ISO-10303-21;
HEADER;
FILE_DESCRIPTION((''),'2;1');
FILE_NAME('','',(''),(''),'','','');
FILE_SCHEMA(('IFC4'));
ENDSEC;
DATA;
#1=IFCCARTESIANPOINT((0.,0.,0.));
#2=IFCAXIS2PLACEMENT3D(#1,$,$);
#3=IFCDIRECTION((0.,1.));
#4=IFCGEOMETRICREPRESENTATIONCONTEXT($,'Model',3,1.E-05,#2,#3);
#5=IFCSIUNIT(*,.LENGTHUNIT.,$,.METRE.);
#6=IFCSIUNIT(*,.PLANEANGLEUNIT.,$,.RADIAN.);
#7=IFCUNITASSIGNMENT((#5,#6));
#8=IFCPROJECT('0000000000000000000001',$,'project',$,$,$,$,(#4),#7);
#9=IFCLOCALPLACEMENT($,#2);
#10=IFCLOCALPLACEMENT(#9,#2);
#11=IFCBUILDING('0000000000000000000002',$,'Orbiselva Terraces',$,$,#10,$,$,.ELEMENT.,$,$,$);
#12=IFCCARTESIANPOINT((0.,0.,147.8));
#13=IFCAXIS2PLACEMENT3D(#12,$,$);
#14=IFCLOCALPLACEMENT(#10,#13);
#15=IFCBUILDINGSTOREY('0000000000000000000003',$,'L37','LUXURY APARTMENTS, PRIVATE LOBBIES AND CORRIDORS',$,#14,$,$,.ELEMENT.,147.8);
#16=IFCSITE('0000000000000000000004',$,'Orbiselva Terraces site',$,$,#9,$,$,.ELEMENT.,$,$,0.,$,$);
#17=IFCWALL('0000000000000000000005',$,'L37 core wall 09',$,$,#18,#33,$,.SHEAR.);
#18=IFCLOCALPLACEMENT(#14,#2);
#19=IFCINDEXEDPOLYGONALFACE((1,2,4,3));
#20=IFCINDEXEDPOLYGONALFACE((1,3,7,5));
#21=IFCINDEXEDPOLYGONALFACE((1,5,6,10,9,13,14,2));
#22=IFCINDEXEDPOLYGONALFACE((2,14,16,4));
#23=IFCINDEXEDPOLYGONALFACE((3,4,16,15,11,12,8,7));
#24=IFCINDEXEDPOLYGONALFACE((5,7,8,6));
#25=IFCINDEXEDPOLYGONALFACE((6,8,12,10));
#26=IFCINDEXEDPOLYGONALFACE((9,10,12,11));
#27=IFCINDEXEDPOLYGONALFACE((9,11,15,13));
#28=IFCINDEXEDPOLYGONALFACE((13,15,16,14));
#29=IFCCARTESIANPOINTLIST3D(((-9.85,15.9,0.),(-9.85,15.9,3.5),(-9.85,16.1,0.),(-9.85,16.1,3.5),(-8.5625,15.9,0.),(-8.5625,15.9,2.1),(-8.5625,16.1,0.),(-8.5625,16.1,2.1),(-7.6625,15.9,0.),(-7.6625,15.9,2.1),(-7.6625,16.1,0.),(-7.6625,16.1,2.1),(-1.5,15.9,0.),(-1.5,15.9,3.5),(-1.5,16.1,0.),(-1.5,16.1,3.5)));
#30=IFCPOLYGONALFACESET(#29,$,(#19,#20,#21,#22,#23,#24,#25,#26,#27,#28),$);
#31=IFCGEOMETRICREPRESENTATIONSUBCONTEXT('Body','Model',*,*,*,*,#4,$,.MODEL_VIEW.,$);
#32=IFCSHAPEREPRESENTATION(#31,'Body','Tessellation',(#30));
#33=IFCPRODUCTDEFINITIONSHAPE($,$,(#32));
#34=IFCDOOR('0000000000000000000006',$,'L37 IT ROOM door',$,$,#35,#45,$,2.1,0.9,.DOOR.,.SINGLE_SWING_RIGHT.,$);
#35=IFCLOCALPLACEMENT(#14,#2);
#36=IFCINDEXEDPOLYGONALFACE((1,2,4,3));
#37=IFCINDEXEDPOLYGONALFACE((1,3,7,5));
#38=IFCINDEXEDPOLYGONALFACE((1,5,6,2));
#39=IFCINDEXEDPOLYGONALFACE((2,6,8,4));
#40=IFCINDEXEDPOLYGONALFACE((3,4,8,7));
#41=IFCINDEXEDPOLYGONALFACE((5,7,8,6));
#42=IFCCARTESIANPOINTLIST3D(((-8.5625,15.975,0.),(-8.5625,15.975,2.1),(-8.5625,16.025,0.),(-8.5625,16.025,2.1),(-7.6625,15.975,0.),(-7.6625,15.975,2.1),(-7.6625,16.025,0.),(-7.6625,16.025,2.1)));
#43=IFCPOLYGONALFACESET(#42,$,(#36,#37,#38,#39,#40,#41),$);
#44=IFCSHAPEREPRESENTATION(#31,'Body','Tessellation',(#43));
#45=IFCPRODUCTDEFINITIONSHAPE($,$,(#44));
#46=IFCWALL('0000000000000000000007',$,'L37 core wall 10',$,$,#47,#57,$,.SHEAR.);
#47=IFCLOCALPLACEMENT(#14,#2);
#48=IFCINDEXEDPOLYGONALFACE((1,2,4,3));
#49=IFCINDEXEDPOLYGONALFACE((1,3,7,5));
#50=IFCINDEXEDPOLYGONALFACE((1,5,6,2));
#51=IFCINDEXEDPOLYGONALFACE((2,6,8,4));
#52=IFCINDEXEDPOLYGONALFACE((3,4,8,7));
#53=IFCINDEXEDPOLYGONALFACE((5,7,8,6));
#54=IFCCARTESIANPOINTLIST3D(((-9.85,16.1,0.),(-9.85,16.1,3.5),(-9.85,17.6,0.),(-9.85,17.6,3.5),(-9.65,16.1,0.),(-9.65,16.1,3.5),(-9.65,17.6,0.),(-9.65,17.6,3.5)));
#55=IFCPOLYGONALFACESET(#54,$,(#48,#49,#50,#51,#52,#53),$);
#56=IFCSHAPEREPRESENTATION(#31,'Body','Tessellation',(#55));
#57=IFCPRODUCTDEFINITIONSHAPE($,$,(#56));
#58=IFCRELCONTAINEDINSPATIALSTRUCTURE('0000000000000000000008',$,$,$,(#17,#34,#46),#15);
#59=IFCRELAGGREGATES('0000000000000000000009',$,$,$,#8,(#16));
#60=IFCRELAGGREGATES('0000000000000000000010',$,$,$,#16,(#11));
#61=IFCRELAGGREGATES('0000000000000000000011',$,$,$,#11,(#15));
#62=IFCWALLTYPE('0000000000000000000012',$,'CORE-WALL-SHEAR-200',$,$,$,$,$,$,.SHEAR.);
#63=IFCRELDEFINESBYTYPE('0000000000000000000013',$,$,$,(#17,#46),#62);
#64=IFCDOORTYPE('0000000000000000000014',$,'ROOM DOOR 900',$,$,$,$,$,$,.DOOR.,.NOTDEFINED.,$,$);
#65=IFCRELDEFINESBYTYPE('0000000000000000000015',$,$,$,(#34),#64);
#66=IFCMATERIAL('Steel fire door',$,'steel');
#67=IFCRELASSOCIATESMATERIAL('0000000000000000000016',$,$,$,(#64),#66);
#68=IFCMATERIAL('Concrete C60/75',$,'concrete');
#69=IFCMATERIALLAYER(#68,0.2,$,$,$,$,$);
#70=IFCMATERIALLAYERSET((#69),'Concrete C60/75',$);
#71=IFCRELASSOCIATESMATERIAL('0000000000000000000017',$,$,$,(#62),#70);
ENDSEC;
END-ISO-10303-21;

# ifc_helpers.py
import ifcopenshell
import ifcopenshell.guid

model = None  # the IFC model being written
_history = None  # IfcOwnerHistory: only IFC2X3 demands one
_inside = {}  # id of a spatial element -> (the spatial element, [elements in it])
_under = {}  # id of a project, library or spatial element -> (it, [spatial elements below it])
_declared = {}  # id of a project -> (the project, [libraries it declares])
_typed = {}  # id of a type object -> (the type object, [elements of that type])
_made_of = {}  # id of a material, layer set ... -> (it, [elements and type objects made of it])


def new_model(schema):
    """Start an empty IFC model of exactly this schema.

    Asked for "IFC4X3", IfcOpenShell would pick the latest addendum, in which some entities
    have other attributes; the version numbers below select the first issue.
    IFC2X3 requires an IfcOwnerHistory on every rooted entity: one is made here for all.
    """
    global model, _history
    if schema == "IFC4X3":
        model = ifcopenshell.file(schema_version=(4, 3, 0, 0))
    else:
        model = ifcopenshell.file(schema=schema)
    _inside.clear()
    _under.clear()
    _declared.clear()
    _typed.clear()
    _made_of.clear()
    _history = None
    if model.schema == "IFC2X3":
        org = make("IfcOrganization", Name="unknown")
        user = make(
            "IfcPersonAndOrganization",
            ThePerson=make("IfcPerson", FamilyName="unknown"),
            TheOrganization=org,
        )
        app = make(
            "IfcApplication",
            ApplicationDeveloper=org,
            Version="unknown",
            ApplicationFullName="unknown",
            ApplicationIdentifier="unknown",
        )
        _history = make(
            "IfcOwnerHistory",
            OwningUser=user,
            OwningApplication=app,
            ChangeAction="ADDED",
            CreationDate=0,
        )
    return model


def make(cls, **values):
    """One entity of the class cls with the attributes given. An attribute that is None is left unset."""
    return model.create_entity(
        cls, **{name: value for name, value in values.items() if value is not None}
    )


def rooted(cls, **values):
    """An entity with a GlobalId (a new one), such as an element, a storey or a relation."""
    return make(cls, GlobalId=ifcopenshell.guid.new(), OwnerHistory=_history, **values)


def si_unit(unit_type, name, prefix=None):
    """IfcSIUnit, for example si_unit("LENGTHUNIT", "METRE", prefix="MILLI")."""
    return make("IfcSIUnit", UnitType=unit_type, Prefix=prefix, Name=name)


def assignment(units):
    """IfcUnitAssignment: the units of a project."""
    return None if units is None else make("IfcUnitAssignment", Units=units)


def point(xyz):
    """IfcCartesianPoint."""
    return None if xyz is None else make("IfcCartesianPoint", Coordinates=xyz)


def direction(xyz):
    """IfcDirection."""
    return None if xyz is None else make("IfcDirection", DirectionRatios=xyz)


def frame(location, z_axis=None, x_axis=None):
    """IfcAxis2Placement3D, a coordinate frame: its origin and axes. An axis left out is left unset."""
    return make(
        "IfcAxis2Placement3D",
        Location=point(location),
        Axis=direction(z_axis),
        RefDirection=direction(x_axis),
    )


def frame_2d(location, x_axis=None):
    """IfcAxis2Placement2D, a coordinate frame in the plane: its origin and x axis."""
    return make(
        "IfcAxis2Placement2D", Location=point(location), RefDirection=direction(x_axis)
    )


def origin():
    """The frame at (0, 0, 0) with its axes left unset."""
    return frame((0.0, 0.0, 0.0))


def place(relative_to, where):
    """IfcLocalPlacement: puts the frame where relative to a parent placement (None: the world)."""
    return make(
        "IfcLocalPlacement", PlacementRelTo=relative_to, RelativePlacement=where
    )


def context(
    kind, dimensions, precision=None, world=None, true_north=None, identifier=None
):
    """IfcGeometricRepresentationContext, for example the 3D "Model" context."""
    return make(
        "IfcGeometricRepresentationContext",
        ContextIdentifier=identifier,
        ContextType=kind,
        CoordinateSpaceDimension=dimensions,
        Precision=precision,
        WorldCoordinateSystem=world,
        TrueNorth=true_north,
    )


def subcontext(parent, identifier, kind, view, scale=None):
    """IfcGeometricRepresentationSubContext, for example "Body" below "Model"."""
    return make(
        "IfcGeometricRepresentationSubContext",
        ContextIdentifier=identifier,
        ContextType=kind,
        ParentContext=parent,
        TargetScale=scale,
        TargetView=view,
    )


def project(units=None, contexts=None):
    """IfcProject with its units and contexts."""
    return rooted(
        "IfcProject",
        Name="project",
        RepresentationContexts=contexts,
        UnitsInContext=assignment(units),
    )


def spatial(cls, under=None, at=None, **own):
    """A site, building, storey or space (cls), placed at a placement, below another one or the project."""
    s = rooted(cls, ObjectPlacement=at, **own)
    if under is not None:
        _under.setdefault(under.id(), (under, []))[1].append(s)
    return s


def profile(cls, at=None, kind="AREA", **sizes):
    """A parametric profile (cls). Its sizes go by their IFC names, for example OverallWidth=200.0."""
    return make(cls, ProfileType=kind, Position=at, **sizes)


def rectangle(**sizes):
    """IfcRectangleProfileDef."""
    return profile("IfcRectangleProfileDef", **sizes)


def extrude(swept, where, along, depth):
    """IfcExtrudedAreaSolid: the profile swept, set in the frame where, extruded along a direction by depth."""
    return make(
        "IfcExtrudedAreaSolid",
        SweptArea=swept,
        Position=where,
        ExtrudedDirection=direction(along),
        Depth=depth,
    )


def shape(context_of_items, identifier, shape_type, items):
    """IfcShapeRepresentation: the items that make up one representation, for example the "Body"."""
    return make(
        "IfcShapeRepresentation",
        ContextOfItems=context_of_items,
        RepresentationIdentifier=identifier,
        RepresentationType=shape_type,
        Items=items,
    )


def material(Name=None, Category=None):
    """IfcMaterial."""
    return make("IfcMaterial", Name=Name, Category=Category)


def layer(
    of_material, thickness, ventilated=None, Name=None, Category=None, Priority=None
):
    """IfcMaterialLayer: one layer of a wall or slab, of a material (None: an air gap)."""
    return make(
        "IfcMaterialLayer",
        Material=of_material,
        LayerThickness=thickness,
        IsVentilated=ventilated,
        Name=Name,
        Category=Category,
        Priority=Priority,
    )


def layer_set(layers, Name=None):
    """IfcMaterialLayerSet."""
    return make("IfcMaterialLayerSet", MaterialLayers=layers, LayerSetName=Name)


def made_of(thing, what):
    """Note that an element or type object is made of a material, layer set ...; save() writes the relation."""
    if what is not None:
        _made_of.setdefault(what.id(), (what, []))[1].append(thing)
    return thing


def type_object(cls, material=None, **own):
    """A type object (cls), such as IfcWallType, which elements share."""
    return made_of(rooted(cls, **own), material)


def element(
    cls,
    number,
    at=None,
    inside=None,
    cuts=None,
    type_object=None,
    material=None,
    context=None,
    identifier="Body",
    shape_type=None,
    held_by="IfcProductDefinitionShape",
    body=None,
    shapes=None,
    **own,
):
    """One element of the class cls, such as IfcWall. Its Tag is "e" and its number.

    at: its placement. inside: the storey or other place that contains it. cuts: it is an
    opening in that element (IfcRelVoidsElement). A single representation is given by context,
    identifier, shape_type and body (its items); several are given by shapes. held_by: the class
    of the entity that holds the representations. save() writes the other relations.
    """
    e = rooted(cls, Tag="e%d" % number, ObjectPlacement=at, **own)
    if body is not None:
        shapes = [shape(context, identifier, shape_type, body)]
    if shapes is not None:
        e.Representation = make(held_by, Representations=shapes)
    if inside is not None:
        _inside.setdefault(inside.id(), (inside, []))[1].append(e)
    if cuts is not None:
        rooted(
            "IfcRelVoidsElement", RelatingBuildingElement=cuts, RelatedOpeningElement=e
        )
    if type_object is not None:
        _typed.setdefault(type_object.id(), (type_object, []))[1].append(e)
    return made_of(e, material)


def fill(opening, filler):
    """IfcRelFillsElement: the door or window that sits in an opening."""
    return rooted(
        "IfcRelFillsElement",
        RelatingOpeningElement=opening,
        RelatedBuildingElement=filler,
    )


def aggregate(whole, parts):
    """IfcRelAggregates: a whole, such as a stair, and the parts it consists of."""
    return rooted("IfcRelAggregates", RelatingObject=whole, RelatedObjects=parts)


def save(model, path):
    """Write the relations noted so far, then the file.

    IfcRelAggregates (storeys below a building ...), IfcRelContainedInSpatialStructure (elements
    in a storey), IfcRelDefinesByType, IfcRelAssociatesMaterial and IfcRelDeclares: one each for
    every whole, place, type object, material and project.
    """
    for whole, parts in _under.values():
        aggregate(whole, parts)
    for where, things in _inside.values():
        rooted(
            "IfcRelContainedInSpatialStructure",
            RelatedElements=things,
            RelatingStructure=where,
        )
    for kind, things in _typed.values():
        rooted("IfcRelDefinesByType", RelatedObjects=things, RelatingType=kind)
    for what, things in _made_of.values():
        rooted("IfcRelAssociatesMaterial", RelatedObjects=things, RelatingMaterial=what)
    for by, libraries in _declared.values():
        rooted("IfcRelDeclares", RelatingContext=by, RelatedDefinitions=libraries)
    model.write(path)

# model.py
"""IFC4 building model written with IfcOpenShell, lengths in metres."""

from ifc_helpers import new_model, si_unit, direction, frame, frame_2d, origin, place, context, subcontext, project, spatial, rectangle, extrude, material, layer, layer_set, type_object, element, fill, save


model = new_model("IFC4")

# Units and contexts
model_context = context("Model", 3, precision=1e-05, world=origin(), true_north=direction((0.0, 1.0)))
body_context = subcontext(model_context, "Body", "Model", "MODEL_VIEW")
ifc_project = project(units=[si_unit("LENGTHUNIT", "METRE"), si_unit("PLANEANGLEUNIT", "RADIAN")], contexts=[model_context])

# Site, building, storey
site_placement = place(None, origin())
site = spatial("IfcSite", under=ifc_project, at=site_placement, Name="Orbiselva Terraces site", CompositionType="ELEMENT", RefElevation=0.0)
building_placement = place(site_placement, origin())
building = spatial("IfcBuilding", under=site, at=building_placement, Name="Orbiselva Terraces", CompositionType="ELEMENT")
storey_placement = place(building_placement, frame((0.0, 0.0, 147.8)))
storey = spatial("IfcBuildingStorey", under=building, at=storey_placement, Name="L37", Description="LUXURY APARTMENTS, PRIVATE LOBBIES AND CORRIDORS", CompositionType="ELEMENT", Elevation=147.8)

# Shared definitions
ifc_material_1 = material(Name="Steel fire door", Category="steel")
door_type_1 = type_object("IfcDoorType", Name="ROOM DOOR 900", OperationType="NOTDEFINED", PredefinedType="DOOR", material=ifc_material_1)

# Shared definitions
ifc_material_2 = material(Name="Concrete C60/75", Category="concrete")
ifc_layer_1 = layer(ifc_material_2, 0.2)
ifc_layer_set_1 = layer_set([ifc_layer_1], Name="Concrete C60/75")
wall_type_1 = type_object("IfcWallType", Name="CORE-WALL-SHEAR-200", PredefinedType="SHEAR", material=ifc_layer_set_1)

# Wall, opening, door
wall_1_placement = place(storey_placement, frame((-1.5, 16.0, 0.0), z_axis=(0.0, 0.0, 1.0), x_axis=(-1.0, 0.0, 0.0)))
wall_1 = element("IfcWall", 1, at=wall_1_placement, inside=storey, type_object=wall_type_1, Name="L37 core wall 09", PredefinedType="SHEAR", context=body_context, shape_type="SweptSolid", body=[
    extrude(rectangle(XDim=8.35, YDim=0.2, at=frame_2d((4.175, 0.0))), origin(), (0.0, 0.0, 1.0), 3.5),
])
opening_1_placement = place(wall_1_placement, frame((6.1625, 0.0, 0.0)))
opening_1 = element("IfcOpeningElement", 2, at=opening_1_placement, cuts=wall_1, PredefinedType="OPENING", context=body_context, shape_type="SweptSolid", body=[
    extrude(rectangle(XDim=0.9, YDim=2.1, at=frame_2d((0.45, 1.05))), frame((0.0, 0.11, 0.0), z_axis=(0.0, -1.0, 0.0), x_axis=(1.0, 0.0, 0.0)), (0.0, 0.0, 1.0), 0.22),
])
door_1_placement = place(opening_1_placement, origin())
door_1 = element("IfcDoor", 3, at=door_1_placement, inside=storey, type_object=door_type_1, Name="L37 IT ROOM door", OperationType="SINGLE_SWING_RIGHT", OverallHeight=2.1, OverallWidth=0.9, PredefinedType="DOOR", context=body_context, shape_type="SweptSolid", body=[
    extrude(rectangle(XDim=0.9, YDim=2.1, at=frame_2d((0.45, 1.05))), frame((0.0, 0.025, 0.0), z_axis=(0.0, -1.0, 0.0), x_axis=(1.0, 0.0, 0.0)), (0.0, 0.0, 1.0), 0.05),
])
fill(opening_1, door_1)

# Wall
wall_2_placement = place(storey_placement, frame((-9.75, 16.1, 0.0), z_axis=(0.0, 0.0, 1.0), x_axis=(0.0, 1.0, 0.0)))
element("IfcWall", 4, at=wall_2_placement, inside=storey, type_object=wall_type_1, Name="L37 core wall 10", PredefinedType="SHEAR", context=body_context, shape_type="SweptSolid", body=[
    extrude(rectangle(XDim=1.5, YDim=0.2, at=frame_2d((0.75, 0.0))), origin(), (0.0, 0.0, 1.0), 3.5),
])

save(model, "model.ifc")
